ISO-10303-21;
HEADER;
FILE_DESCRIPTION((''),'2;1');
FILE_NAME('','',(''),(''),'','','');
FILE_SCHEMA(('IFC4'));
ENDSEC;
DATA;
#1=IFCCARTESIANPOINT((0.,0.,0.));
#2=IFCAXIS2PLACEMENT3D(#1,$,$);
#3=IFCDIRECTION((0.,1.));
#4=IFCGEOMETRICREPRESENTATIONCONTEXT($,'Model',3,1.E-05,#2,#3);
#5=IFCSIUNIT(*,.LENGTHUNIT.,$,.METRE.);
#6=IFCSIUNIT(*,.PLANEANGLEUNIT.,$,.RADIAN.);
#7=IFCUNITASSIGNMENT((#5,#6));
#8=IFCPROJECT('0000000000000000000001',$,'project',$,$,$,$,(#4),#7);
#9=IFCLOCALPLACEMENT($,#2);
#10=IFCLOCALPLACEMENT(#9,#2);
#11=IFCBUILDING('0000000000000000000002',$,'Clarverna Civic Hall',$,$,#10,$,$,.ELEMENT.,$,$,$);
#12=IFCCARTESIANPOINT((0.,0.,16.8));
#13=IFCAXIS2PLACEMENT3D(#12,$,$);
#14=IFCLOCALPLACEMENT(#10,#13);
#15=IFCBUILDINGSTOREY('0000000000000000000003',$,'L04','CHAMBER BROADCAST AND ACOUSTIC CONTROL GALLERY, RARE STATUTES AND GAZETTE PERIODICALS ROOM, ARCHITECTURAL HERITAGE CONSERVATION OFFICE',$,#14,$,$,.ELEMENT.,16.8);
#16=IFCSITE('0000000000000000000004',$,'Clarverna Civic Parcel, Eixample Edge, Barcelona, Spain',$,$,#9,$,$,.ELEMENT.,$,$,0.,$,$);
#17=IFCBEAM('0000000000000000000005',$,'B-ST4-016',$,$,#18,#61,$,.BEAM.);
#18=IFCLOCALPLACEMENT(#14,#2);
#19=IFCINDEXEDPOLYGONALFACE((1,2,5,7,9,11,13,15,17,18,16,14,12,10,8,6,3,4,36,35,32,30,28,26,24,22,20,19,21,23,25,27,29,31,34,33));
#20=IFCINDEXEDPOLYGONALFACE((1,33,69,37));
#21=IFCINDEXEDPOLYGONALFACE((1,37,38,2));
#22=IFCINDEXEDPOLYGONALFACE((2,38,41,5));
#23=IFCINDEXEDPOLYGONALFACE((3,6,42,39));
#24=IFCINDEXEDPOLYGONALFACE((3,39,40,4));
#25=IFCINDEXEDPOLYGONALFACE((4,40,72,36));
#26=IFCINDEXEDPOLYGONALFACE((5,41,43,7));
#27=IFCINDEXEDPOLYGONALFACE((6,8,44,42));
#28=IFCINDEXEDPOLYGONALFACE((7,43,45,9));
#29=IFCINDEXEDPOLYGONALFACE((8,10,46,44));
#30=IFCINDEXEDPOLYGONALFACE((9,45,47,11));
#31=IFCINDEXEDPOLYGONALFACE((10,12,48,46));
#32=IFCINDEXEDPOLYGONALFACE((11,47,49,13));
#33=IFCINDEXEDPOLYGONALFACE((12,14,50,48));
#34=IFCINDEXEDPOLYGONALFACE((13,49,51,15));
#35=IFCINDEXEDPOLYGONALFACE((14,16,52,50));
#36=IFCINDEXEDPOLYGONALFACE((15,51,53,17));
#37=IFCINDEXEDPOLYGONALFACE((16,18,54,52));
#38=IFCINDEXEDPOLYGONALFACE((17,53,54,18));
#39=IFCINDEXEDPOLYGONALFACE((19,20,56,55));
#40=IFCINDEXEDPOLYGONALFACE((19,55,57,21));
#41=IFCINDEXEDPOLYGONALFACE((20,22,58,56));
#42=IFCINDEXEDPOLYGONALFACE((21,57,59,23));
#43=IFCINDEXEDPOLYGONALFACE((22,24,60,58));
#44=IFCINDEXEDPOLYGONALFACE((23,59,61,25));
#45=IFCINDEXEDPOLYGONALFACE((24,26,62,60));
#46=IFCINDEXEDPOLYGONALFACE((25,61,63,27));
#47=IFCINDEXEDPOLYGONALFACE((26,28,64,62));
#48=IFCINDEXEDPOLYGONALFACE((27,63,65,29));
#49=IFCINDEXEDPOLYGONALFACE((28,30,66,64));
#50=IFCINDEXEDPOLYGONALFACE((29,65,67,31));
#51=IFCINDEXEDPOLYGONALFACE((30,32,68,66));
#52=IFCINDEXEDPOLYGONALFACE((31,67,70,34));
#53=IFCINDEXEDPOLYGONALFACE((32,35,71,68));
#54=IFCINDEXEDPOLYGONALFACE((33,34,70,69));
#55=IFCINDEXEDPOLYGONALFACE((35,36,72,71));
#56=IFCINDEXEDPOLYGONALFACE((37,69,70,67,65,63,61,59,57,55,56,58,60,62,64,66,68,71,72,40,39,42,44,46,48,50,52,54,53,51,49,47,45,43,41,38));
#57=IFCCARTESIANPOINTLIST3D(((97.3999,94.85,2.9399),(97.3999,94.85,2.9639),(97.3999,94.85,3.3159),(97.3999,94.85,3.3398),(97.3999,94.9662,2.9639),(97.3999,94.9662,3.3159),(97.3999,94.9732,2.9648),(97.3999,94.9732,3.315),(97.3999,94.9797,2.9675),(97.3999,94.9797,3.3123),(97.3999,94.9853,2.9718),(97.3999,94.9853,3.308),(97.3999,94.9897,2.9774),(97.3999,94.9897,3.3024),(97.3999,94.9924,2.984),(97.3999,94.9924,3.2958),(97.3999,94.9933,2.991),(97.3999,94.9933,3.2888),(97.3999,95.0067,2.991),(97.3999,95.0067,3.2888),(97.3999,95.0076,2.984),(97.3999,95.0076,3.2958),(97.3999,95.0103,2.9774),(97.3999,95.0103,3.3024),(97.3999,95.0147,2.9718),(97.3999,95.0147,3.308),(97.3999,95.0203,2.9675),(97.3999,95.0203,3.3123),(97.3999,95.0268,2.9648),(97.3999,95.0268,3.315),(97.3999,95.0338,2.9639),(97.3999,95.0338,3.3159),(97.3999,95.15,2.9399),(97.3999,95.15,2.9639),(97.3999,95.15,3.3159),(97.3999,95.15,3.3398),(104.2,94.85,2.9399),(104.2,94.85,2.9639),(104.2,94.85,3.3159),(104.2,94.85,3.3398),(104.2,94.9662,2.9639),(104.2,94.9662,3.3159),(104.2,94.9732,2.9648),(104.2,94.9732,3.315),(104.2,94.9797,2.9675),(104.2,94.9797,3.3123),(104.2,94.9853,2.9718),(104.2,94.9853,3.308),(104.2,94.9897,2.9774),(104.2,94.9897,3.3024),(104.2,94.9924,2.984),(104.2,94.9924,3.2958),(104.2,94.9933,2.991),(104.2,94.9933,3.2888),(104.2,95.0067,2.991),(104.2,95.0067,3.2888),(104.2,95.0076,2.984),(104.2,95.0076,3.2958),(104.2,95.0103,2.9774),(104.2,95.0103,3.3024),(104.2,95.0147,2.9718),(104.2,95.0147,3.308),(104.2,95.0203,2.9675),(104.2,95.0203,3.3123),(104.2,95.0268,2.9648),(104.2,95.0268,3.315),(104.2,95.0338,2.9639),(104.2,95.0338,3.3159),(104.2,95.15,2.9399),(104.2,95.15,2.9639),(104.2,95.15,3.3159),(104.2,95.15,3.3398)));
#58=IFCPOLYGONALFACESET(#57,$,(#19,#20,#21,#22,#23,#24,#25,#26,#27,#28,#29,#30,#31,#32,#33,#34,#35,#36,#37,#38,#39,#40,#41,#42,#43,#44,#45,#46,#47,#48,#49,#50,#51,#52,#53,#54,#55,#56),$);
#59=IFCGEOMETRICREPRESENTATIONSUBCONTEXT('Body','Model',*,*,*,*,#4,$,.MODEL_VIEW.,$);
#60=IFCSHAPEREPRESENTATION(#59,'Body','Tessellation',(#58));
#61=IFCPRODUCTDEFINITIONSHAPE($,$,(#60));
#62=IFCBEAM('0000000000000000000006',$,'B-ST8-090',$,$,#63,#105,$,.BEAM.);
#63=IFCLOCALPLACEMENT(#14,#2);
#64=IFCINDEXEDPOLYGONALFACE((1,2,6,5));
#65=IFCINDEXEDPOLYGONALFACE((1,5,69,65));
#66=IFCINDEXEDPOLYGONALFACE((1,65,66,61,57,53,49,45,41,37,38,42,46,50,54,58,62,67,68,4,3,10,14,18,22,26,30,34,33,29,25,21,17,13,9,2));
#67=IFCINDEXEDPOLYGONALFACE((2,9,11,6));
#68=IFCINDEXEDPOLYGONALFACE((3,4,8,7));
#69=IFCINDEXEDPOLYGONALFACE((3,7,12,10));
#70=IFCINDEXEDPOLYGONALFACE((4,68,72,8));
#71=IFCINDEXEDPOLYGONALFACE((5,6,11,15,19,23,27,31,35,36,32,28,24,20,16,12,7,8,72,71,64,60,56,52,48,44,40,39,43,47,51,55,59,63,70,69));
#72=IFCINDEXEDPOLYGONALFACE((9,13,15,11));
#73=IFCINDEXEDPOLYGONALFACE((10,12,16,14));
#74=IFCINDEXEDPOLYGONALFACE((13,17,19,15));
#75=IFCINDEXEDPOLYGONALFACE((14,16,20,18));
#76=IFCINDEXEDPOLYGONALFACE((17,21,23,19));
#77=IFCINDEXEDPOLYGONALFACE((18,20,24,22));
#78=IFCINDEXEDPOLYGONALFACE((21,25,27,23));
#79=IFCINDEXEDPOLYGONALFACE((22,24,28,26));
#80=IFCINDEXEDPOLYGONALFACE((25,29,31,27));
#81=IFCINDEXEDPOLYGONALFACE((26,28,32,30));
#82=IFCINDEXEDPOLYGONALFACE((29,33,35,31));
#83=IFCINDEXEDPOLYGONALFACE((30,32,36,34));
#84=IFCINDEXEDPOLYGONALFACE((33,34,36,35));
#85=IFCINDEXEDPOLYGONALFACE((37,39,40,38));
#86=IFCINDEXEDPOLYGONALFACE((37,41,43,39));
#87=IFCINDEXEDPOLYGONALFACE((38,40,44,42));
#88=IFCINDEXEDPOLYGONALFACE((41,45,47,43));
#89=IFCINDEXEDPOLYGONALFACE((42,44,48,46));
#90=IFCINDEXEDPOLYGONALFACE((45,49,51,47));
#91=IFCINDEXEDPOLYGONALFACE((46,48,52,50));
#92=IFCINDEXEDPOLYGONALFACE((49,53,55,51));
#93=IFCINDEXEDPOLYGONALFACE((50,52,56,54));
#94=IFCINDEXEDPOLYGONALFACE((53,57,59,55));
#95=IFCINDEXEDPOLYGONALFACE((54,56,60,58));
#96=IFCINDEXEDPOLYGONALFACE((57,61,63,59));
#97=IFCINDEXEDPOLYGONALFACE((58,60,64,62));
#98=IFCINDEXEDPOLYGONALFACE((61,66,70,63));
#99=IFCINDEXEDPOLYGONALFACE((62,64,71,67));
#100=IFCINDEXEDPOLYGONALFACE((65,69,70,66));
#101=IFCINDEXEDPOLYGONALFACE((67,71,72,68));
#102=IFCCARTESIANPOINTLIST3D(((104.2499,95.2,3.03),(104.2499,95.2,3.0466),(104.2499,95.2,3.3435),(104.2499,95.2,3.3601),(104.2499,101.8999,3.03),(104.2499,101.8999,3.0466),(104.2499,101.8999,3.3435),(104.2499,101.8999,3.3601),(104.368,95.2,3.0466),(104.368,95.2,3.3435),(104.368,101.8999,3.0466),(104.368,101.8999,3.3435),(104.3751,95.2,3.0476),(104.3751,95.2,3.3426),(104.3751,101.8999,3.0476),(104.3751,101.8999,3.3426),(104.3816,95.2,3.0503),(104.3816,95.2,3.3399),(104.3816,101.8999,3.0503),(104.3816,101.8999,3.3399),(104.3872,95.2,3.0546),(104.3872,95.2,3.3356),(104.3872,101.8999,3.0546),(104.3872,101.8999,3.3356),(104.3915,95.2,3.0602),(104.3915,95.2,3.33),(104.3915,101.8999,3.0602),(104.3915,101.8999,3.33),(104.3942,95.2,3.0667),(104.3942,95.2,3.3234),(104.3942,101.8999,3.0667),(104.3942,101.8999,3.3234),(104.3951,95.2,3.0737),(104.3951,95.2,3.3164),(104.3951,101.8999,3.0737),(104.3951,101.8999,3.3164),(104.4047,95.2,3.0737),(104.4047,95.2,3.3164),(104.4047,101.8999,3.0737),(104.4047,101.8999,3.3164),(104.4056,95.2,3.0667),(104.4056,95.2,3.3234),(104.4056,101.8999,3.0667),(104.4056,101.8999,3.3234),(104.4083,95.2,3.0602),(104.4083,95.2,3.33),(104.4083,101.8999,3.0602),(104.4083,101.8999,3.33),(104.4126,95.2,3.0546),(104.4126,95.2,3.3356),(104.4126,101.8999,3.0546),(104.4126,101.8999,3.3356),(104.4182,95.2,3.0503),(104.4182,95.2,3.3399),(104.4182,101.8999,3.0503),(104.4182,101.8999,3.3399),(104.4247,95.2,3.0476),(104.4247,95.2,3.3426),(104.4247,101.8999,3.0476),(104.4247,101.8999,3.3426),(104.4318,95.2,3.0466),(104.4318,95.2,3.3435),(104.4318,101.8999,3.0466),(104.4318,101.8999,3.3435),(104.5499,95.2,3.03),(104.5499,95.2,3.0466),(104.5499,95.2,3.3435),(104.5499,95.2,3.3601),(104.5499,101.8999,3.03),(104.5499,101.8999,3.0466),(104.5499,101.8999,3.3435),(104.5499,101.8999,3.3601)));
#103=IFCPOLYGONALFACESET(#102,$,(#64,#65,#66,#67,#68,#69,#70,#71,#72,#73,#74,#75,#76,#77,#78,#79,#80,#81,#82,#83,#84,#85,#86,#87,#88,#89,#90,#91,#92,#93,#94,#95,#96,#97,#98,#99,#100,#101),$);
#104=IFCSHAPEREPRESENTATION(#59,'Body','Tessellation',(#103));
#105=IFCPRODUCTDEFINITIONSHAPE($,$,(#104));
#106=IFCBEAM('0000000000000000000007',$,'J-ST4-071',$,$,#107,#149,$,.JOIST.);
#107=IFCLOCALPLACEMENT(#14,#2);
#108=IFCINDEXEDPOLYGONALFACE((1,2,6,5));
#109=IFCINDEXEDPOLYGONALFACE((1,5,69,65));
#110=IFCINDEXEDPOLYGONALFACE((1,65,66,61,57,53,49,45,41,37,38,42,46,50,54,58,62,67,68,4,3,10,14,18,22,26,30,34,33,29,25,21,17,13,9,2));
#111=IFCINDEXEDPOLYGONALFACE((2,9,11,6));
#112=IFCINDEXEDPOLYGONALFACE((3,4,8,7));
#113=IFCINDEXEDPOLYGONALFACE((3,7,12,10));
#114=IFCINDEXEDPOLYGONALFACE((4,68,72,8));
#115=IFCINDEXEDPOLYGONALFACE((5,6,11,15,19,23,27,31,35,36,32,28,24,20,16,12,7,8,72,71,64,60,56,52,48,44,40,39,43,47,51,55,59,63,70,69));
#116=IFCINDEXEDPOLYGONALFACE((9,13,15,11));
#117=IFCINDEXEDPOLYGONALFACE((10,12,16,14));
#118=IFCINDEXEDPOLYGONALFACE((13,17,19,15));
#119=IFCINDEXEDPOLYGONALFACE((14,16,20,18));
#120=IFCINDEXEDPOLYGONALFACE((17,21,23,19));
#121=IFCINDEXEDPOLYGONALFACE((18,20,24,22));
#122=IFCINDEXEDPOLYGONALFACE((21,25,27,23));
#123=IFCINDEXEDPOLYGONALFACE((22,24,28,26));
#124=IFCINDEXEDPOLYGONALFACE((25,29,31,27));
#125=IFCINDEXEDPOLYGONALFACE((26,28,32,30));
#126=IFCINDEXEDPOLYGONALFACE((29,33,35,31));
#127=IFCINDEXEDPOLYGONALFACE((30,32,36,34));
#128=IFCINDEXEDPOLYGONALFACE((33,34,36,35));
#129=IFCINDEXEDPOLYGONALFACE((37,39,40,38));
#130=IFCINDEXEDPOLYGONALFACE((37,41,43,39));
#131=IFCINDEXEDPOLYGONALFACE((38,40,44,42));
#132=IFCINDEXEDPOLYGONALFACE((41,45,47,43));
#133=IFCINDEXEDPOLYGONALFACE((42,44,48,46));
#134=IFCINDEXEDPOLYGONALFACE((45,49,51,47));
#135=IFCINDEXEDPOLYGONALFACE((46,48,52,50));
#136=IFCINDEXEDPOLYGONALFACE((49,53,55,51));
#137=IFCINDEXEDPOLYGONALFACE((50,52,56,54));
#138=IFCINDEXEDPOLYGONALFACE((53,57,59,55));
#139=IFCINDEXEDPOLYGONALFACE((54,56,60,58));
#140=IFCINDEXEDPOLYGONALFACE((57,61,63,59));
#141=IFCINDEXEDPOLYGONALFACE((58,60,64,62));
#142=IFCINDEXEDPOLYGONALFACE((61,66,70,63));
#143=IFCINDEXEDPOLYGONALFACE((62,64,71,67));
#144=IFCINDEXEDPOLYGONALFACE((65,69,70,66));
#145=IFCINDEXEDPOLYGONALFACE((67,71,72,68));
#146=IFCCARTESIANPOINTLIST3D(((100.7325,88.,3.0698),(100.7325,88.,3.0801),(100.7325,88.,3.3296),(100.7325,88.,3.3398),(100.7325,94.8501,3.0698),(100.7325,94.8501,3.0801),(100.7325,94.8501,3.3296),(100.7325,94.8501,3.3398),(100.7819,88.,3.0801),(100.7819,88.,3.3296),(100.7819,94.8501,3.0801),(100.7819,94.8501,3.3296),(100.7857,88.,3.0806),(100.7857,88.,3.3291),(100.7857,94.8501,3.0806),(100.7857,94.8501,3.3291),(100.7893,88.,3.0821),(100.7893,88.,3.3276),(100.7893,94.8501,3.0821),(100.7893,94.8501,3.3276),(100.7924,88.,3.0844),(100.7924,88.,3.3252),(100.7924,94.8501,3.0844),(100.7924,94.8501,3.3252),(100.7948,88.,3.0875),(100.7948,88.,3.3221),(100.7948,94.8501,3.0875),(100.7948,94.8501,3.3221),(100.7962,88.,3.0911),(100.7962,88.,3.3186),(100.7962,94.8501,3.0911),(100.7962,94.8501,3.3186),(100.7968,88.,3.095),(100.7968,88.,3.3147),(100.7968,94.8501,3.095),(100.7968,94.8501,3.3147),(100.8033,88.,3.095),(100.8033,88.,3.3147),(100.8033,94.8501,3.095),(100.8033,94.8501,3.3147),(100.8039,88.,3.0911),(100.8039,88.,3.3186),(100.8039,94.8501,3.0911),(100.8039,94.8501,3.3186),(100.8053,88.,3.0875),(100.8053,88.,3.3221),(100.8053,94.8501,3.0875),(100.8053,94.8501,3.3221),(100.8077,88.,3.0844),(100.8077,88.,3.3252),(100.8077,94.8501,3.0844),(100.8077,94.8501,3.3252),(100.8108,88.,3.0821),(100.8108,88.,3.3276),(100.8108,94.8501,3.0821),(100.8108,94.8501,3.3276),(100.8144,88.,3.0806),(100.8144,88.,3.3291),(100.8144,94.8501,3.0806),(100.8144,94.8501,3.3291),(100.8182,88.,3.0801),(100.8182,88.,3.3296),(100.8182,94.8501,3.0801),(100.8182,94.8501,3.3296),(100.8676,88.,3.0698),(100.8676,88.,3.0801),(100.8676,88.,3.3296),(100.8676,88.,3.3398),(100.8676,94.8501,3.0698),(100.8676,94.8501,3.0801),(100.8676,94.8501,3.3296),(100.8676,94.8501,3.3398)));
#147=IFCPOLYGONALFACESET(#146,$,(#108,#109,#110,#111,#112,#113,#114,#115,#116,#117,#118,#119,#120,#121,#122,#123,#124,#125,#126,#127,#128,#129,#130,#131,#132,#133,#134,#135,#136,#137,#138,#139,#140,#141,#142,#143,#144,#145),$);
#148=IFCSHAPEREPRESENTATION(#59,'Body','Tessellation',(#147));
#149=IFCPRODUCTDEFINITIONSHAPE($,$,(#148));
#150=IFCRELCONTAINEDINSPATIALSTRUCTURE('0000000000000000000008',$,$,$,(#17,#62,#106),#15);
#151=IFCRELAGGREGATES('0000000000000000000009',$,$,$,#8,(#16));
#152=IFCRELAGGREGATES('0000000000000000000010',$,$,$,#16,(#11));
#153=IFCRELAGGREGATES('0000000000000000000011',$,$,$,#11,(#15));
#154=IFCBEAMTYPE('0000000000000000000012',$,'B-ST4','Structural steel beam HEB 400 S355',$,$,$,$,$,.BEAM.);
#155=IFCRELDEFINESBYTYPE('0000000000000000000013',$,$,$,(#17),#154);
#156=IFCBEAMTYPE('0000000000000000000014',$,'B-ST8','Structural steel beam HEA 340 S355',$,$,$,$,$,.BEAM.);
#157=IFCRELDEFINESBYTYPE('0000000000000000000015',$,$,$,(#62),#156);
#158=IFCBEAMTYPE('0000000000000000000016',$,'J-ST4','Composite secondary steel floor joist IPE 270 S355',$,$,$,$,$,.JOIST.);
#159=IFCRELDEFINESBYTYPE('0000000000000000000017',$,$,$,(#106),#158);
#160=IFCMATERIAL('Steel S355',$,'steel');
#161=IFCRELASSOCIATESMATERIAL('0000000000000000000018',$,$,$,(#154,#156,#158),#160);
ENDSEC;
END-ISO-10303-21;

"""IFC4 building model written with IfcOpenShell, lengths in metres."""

from ifc_helpers import new_model, si_unit, direction, frame, origin, origin_2d, place, context, subcontext, project, spatial, i_section, extrude, material, material_profile, profile_set, type_object, element, save


model = new_model("IFC4")

# Units and contexts
model_context = context("Model", 3, precision=1e-05, world=origin(), true_north=direction((0.0, 1.0)))
body_context = subcontext(model_context, "Body", "Model", "MODEL_VIEW")
ifc_project = project(units=[si_unit("LENGTHUNIT", "METRE"), si_unit("PLANEANGLEUNIT", "RADIAN")], contexts=[model_context])

# Site, building, storey
site_placement = place(None, origin())
site = spatial("IfcSite", under=ifc_project, at=site_placement, Name="Clarverna Civic Parcel, Eixample Edge, Barcelona, Spain", CompositionType="ELEMENT", RefElevation=0.0)
building_placement = place(site_placement, origin())
building = spatial("IfcBuilding", under=site, at=building_placement, Name="Clarverna Civic Hall", CompositionType="ELEMENT")
storey_placement = place(building_placement, frame((0.0, 0.0, 16.8)))
storey = spatial("IfcBuildingStorey", under=building, at=storey_placement, Name="L04", Description="CHAMBER BROADCAST AND ACOUSTIC CONTROL GALLERY, RARE STATUTES AND GAZETTE PERIODICALS ROOM, ARCHITECTURAL HERITAGE CONSERVATION OFFICE", CompositionType="ELEMENT", Elevation=16.8)

# Beams
ifc_material_1 = material(Name="Steel S355", Category="steel")
ifc_material_profile_1 = material_profile(ifc_material_1, i_section(OverallWidth=0.3, OverallDepth=0.3999, WebThickness=0.0134, FlangeThickness=0.0239, FilletRadius=0.0271, at=origin_2d()), Name="HEB 400")
ifc_profile_set_1 = profile_set([ifc_material_profile_1], Name="Steel S355")
beam_type_1 = type_object("IfcBeamType", Name="B-ST4", Description="Structural steel beam HEB 400 S355", PredefinedType="BEAM", material=ifc_profile_set_1)
beam_1_placement = place(storey_placement, frame((97.3999, 95.0, 3.1399), z_axis=(1.0, 0.0, 0.0), x_axis=(0.0, 1.0, 0.0)))
element("IfcBeam", 1, at=beam_1_placement, inside=storey, type_object=beam_type_1, Name="B-ST4-016", PredefinedType="BEAM", context=body_context, shape_type="SweptSolid", body=[
    extrude(i_section(OverallWidth=0.3, OverallDepth=0.3999, WebThickness=0.0134, FlangeThickness=0.0239, FilletRadius=0.0271, at=origin_2d()), origin(), (0.0, 0.0, 1.0), 6.8),
])
ifc_material_profile_2 = material_profile(ifc_material_1, i_section(OverallWidth=0.3, OverallDepth=0.3301, WebThickness=0.0095, FlangeThickness=0.0166, FilletRadius=0.0271, at=origin_2d()), Name="HEA 340")
ifc_profile_set_2 = profile_set([ifc_material_profile_2], Name="Steel S355")
beam_type_2 = type_object("IfcBeamType", Name="B-ST8", Description="Structural steel beam HEA 340 S355", PredefinedType="BEAM", material=ifc_profile_set_2)
beam_2_placement = place(storey_placement, frame((104.3999, 95.2, 3.1951), z_axis=(0.0, 1.0, 0.0), x_axis=(-1.0, 0.0, 0.0)))
element("IfcBeam", 2, at=beam_2_placement, inside=storey, type_object=beam_type_2, Name="B-ST8-090", PredefinedType="BEAM", context=body_context, shape_type="SweptSolid", body=[
    extrude(i_section(OverallWidth=0.3, OverallDepth=0.3301, WebThickness=0.0095, FlangeThickness=0.0166, FilletRadius=0.0271, at=origin_2d()), origin(), (0.0, 0.0, 1.0), 6.7),
])
ifc_material_profile_3 = material_profile(ifc_material_1, i_section(OverallWidth=0.135, OverallDepth=0.27, WebThickness=0.0066, FlangeThickness=0.0103, FilletRadius=0.0149, at=origin_2d()), Name="IPE 270")
ifc_profile_set_3 = profile_set([ifc_material_profile_3], Name="Steel S355")
beam_type_3 = type_object("IfcBeamType", Name="J-ST4", Description="Composite secondary steel floor joist IPE 270 S355", PredefinedType="JOIST", material=ifc_profile_set_3)
beam_3_placement = place(storey_placement, frame((100.8, 88.0, 3.2048), z_axis=(0.0, 1.0, 0.0), x_axis=(-1.0, 0.0, 0.0)))
element("IfcBeam", 3, at=beam_3_placement, inside=storey, type_object=beam_type_3, Name="J-ST4-071", PredefinedType="JOIST", context=body_context, shape_type="SweptSolid", body=[
    extrude(i_section(OverallWidth=0.135, OverallDepth=0.27, WebThickness=0.0066, FlangeThickness=0.0103, FilletRadius=0.0149, at=origin_2d()), origin(), (0.0, 0.0, 1.0), 6.8501),
])

save(model, "model.ifc")
